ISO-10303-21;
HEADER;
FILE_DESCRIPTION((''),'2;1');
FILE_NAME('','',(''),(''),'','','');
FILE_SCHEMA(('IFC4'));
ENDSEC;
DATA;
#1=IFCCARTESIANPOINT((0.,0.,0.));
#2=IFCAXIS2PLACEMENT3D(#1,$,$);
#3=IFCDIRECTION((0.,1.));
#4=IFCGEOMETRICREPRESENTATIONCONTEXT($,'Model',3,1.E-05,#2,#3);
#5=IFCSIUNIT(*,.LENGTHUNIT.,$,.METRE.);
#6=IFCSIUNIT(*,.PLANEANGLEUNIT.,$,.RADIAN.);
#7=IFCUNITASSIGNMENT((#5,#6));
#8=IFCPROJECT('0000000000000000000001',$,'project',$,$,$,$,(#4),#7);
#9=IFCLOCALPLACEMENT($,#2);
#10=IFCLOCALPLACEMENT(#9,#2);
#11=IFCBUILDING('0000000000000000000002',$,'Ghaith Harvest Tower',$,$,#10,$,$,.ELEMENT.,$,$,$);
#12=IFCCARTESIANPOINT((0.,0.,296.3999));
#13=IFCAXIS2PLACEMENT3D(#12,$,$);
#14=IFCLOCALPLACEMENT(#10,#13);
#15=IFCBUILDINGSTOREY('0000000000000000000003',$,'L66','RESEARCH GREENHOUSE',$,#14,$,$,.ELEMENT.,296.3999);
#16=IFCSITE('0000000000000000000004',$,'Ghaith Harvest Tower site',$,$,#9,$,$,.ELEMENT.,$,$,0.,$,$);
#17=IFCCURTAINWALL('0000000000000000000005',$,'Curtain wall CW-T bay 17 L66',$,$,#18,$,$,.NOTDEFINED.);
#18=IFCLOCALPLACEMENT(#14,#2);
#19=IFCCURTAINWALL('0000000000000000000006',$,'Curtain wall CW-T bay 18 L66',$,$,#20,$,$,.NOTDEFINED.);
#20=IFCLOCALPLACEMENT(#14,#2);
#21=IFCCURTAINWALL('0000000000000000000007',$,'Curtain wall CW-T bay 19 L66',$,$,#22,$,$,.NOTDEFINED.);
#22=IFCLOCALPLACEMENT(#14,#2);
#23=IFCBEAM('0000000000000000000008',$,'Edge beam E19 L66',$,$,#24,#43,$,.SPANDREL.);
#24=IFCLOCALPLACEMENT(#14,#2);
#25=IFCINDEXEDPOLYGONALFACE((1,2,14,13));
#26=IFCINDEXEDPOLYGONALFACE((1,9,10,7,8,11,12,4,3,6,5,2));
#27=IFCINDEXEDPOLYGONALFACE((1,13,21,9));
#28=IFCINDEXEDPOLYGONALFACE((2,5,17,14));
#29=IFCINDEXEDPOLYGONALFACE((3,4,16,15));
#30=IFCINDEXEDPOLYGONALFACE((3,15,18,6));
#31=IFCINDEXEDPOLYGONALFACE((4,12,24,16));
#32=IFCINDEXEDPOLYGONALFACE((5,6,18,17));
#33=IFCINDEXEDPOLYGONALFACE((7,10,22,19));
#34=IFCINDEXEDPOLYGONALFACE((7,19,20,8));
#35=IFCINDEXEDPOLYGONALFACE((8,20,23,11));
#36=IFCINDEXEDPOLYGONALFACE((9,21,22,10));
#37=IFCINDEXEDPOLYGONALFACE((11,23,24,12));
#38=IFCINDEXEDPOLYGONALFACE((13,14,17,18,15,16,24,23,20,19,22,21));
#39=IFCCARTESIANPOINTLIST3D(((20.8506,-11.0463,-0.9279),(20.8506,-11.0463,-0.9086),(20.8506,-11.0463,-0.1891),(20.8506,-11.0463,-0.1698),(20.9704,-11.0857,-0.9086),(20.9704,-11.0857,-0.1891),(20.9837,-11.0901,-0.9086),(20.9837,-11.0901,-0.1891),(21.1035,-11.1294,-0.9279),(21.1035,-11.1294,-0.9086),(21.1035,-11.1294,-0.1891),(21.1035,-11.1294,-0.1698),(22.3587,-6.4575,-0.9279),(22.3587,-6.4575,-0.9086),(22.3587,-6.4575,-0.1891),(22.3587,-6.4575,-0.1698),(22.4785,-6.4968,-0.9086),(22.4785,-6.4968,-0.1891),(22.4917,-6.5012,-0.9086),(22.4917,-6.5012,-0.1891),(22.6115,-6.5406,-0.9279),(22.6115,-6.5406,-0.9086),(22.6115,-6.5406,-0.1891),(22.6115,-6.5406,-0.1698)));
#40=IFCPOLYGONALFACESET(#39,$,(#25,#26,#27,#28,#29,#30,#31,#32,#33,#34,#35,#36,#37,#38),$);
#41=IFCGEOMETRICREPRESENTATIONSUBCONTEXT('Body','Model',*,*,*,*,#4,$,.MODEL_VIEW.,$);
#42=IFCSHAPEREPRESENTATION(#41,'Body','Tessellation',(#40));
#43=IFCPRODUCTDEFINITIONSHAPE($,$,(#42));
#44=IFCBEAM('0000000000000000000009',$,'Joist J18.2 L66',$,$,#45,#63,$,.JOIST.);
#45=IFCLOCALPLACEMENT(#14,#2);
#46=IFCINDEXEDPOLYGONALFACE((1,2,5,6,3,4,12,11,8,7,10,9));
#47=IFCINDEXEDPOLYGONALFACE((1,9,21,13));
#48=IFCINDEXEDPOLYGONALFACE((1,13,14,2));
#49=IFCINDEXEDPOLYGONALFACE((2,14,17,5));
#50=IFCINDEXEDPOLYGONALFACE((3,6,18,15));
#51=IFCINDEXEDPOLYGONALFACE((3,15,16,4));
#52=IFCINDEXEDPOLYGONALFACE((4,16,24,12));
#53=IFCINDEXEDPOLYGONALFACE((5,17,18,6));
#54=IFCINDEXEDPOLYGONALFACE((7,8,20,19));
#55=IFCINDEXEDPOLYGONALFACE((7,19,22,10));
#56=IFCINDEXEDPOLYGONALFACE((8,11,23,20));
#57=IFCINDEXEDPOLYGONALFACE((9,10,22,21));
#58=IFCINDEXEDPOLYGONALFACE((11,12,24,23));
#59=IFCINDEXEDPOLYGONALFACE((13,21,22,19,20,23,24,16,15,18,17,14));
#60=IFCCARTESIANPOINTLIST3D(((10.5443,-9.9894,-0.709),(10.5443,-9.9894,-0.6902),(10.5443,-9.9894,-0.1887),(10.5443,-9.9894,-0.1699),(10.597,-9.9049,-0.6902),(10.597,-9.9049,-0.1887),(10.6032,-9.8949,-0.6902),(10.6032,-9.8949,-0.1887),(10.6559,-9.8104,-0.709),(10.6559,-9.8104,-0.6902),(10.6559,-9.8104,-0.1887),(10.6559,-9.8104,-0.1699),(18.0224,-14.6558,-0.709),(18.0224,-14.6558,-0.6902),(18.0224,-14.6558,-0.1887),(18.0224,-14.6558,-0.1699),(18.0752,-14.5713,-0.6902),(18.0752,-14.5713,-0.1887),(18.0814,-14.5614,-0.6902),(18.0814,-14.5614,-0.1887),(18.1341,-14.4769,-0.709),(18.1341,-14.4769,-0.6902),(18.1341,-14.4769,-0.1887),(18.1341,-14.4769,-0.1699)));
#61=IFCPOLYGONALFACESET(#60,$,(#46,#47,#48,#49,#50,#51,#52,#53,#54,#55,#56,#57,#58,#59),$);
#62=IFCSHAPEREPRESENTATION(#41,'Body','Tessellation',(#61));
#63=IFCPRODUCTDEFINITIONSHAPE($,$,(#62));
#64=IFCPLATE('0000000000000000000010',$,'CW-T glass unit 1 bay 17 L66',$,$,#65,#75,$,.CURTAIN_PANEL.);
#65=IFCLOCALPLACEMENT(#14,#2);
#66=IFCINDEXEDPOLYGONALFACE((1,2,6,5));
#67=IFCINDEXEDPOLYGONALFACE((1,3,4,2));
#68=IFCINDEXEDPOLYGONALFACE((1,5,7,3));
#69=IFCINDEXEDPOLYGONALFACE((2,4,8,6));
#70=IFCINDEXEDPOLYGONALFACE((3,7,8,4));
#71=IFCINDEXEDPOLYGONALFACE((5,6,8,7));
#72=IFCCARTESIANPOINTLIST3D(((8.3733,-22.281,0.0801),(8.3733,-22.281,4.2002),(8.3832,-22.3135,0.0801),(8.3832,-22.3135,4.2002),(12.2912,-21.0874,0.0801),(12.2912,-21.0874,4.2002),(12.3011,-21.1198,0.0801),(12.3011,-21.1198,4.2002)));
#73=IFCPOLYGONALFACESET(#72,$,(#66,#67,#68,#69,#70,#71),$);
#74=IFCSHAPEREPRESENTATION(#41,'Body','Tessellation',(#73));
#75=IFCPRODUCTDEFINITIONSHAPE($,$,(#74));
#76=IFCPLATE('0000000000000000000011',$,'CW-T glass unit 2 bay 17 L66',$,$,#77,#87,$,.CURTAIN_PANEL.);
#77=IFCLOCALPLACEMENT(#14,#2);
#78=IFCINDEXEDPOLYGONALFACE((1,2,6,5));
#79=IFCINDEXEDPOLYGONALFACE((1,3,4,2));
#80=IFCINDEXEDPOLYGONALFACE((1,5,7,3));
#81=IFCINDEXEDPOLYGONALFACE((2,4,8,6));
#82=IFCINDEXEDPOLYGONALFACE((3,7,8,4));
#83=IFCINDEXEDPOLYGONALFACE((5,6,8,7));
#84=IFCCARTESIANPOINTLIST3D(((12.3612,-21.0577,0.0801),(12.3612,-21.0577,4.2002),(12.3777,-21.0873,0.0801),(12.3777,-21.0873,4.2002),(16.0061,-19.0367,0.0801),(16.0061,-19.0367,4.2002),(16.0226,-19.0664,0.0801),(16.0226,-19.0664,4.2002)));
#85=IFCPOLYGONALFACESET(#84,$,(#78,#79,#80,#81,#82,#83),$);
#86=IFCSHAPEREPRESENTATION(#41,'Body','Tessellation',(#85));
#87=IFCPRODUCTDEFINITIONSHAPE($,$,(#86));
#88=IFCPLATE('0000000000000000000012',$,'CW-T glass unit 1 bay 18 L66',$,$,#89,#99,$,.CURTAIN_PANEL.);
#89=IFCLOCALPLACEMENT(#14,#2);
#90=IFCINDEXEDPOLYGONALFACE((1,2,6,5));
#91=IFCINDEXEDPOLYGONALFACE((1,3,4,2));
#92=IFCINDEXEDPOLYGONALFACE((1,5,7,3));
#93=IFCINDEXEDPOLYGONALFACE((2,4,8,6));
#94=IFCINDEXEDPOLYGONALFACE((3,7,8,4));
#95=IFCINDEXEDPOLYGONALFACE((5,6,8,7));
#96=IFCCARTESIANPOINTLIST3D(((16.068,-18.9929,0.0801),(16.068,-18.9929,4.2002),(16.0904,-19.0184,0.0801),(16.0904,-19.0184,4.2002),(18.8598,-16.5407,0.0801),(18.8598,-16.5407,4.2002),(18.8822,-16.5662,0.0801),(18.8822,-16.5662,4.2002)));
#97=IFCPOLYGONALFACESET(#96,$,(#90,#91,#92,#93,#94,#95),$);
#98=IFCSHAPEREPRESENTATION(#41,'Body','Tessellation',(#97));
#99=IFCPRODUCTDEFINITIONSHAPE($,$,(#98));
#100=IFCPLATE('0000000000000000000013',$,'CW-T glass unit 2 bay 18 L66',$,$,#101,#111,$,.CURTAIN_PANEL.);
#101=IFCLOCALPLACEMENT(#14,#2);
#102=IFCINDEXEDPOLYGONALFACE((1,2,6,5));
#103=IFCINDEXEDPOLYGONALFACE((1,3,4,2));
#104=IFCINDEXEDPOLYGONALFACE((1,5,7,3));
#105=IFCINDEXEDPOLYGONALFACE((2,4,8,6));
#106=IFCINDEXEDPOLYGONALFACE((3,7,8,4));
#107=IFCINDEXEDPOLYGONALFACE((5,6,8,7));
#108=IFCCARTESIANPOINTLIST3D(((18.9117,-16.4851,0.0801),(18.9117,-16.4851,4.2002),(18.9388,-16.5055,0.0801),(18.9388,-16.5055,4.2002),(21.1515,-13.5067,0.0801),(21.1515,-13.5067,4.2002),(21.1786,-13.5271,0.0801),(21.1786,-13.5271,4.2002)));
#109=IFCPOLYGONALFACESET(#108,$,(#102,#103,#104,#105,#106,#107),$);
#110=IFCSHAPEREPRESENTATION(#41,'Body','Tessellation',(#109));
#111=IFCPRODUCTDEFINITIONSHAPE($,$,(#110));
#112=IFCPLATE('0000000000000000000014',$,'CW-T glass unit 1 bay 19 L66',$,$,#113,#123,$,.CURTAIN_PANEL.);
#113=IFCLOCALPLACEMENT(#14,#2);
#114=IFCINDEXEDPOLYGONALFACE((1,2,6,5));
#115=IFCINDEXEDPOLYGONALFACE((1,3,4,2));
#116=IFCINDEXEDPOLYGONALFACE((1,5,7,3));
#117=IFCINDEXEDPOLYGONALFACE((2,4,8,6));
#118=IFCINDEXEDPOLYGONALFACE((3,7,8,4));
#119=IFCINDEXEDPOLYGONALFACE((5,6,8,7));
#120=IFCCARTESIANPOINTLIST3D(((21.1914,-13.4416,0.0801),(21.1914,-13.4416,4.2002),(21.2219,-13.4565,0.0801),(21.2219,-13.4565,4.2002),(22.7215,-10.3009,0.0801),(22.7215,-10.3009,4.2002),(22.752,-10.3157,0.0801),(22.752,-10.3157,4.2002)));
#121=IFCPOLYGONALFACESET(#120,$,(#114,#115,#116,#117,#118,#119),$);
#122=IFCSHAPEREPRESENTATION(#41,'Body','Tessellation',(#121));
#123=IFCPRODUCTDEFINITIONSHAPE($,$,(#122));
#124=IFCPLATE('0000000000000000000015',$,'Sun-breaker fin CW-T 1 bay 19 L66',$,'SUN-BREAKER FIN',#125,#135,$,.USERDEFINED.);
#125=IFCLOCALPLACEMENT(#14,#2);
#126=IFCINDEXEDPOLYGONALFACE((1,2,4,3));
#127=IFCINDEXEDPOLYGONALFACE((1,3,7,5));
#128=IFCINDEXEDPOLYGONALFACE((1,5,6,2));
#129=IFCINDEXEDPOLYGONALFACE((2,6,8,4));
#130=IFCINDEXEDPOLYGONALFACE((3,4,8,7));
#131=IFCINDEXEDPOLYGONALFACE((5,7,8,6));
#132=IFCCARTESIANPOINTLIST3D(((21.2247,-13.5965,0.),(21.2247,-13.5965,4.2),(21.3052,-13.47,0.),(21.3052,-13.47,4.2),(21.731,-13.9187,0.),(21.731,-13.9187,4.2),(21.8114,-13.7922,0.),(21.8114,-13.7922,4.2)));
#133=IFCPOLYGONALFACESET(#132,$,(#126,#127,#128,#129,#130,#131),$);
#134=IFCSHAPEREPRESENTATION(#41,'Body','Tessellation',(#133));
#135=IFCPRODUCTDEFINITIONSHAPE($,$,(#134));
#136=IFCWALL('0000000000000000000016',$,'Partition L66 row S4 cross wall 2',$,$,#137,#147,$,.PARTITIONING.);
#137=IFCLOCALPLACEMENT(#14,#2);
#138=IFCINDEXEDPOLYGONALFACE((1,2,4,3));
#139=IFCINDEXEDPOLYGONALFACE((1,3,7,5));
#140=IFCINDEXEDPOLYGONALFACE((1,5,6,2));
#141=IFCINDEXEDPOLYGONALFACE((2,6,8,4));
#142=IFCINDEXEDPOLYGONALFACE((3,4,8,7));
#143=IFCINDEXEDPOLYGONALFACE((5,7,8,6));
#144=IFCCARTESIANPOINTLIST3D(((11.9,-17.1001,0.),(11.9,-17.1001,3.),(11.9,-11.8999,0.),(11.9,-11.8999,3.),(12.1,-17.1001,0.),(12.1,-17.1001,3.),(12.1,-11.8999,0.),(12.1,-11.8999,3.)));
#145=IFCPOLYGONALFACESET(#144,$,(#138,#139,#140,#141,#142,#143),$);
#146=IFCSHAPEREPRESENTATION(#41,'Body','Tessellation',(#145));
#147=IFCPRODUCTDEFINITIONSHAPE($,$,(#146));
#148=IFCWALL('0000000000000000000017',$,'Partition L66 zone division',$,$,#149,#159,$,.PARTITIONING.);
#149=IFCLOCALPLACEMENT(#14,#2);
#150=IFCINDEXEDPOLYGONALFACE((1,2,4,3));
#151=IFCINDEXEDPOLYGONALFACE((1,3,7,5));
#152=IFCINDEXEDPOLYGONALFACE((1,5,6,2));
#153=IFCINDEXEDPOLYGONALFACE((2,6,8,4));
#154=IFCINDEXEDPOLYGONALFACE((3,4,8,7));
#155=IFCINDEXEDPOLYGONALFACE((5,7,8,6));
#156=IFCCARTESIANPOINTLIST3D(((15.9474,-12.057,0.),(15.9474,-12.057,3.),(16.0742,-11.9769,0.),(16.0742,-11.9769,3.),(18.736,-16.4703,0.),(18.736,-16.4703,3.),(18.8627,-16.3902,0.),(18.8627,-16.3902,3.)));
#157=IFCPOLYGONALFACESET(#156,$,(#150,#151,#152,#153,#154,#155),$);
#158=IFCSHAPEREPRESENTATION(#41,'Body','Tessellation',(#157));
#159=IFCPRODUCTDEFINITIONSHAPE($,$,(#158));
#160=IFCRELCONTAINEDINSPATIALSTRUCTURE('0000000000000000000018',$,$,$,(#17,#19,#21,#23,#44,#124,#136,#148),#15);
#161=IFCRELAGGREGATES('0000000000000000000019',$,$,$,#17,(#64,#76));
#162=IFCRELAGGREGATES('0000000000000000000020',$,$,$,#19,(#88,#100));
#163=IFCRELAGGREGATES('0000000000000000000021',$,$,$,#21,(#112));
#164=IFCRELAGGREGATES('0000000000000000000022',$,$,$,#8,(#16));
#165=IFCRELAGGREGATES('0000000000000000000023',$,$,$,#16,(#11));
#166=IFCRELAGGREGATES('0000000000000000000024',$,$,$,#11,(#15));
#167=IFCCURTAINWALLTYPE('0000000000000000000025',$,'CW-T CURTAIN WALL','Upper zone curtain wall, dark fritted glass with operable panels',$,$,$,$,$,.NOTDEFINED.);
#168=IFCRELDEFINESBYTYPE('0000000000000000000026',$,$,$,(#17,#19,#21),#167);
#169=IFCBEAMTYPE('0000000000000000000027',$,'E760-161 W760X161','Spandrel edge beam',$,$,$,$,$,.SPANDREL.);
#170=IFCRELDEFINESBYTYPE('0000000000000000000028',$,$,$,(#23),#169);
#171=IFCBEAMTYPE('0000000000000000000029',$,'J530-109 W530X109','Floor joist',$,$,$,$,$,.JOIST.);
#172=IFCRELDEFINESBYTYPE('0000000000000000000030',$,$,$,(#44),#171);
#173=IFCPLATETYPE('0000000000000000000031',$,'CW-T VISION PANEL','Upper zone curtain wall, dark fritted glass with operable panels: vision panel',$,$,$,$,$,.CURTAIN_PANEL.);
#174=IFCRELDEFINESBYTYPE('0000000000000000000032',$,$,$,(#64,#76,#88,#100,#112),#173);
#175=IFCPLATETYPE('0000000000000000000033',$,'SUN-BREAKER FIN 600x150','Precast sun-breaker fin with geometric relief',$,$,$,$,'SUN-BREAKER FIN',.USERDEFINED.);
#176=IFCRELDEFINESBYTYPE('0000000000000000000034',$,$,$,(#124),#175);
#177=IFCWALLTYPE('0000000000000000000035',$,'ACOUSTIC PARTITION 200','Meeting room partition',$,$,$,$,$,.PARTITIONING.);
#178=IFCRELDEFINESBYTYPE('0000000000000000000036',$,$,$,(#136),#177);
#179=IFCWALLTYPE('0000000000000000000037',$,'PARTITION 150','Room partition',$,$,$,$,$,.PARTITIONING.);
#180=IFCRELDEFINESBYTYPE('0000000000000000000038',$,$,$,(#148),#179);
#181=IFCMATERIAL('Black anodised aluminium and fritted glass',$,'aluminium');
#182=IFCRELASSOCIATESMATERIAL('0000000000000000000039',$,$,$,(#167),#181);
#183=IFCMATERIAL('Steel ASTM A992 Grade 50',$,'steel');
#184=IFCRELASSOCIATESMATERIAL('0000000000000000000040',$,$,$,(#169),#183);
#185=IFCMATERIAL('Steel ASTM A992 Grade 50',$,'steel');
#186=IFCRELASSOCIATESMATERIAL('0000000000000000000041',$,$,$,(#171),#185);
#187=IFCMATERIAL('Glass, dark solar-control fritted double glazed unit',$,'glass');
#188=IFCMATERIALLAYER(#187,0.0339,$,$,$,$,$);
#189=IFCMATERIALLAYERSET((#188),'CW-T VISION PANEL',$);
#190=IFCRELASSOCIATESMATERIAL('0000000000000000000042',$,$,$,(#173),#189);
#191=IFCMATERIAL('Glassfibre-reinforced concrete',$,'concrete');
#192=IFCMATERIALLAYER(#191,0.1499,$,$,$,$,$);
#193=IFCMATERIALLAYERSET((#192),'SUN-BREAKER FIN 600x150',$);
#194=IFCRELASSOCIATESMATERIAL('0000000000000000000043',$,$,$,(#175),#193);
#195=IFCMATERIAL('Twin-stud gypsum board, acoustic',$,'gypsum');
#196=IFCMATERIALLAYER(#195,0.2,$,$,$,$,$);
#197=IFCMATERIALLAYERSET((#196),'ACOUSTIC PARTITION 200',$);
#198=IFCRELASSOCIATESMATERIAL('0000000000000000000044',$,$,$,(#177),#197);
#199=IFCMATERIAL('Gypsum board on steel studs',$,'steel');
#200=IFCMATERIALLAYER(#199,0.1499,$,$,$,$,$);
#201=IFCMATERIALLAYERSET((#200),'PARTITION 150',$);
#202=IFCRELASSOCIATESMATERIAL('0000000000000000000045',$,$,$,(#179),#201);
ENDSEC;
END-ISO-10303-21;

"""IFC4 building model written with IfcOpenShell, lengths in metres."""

from ifc_helpers import new_model, si_unit, direction, frame, frame_2d, origin, origin_2d, place, context, subcontext, project, spatial, rectangle, i_section, extrude, material, layer, layer_set, material_profile, profile_set, type_object, element, aggregate, save


model = new_model("IFC4")

# Units and contexts
model_context = context("Model", 3, precision=1e-05, world=origin(), true_north=direction((0.0, 1.0)))
body_context = subcontext(model_context, "Body", "Model", "MODEL_VIEW")
ifc_project = project(units=[si_unit("LENGTHUNIT", "METRE"), si_unit("PLANEANGLEUNIT", "RADIAN")], contexts=[model_context])

# Site, building, storey
site_placement = place(None, origin())
site = spatial("IfcSite", under=ifc_project, at=site_placement, Name="Ghaith Harvest Tower site", CompositionType="ELEMENT", RefElevation=0.0)
building_placement = place(site_placement, origin())
building = spatial("IfcBuilding", under=site, at=building_placement, Name="Ghaith Harvest Tower", CompositionType="ELEMENT")
storey_placement = place(building_placement, frame((0.0, 0.0, 296.3999)))
storey = spatial("IfcBuildingStorey", under=building, at=storey_placement, Name="L66", Description="RESEARCH GREENHOUSE", CompositionType="ELEMENT", Elevation=296.3999)

# Curtain wall
ifc_material_1 = material(Name="Black anodised aluminium and fritted glass", Category="aluminium")
curtain_wall_type = type_object("IfcCurtainWallType", Name="CW-T CURTAIN WALL", Description="Upper zone curtain wall, dark fritted glass with operable panels", PredefinedType="NOTDEFINED", material=ifc_material_1)
curtain_wall_1_placement = place(storey_placement, origin())
curtain_wall_1 = element("IfcCurtainWall", 1, at=curtain_wall_1_placement, inside=storey, type_object=curtain_wall_type, Name="Curtain wall CW-T bay 17 L66", PredefinedType="NOTDEFINED")

# Curtain walls
curtain_wall_2_placement = place(storey_placement, origin())
curtain_wall_2 = element("IfcCurtainWall", 2, at=curtain_wall_2_placement, inside=storey, type_object=curtain_wall_type, Name="Curtain wall CW-T bay 18 L66", PredefinedType="NOTDEFINED")
curtain_wall_3_placement = place(storey_placement, origin())
curtain_wall_3 = element("IfcCurtainWall", 3, at=curtain_wall_3_placement, inside=storey, type_object=curtain_wall_type, Name="Curtain wall CW-T bay 19 L66", PredefinedType="NOTDEFINED")

# Beams
ifc_material_2 = material(Name="Steel ASTM A992 Grade 50", Category="steel")
ifc_material_profile_1 = material_profile(ifc_material_2, i_section(OverallWidth=0.2661, OverallDepth=0.7581, WebThickness=0.0139, FlangeThickness=0.0193, at=origin_2d()), Name="W760X161")
ifc_profile_set_1 = profile_set([ifc_material_profile_1], Name="Steel ASTM A992 Grade 50")
beam_type_1 = type_object("IfcBeamType", Name="E760-161 W760X161", Description="Spandrel edge beam", PredefinedType="SPANDREL", material=ifc_profile_set_1)
beam_1_placement = place(storey_placement, frame((20.9771, -11.0879, -0.5488), z_axis=(0.312207, 0.950014, 0.0), x_axis=(-0.950014, 0.312207, 0.0)))
element("IfcBeam", 4, at=beam_1_placement, inside=storey, type_object=beam_type_1, Name="Edge beam E19 L66", PredefinedType="SPANDREL", context=body_context, shape_type="SweptSolid", body=[
    extrude(i_section(OverallWidth=0.2661, OverallDepth=0.7581, WebThickness=0.0139, FlangeThickness=0.0193, at=origin_2d()), origin(), (0.0, 0.0, 1.0), 4.8303),
])
ifc_material_3 = material(Name="Steel ASTM A992 Grade 50", Category="steel")
ifc_material_profile_2 = material_profile(ifc_material_3, i_section(OverallWidth=0.2109, OverallDepth=0.5391, WebThickness=0.0117, FlangeThickness=0.0188, at=origin_2d()), Name="W530X109")
ifc_profile_set_2 = profile_set([ifc_material_profile_2], Name="Steel ASTM A992 Grade 50")
beam_type_2 = type_object("IfcBeamType", Name="J530-109 W530X109", Description="Floor joist", PredefinedType="JOIST", material=ifc_profile_set_2)
beam_2_placement = place(storey_placement, frame((10.6001, -9.8999, -0.4395), z_axis=(0.848376, -0.529394, 0.0), x_axis=(0.529394, 0.848376, 0.0)))
element("IfcBeam", 5, at=beam_2_placement, inside=storey, type_object=beam_type_2, Name="Joist J18.2 L66", PredefinedType="JOIST", context=body_context, shape_type="SweptSolid", body=[
    extrude(i_section(OverallWidth=0.2109, OverallDepth=0.5391, WebThickness=0.0117, FlangeThickness=0.0188, at=origin_2d()), origin(), (0.0, 0.0, 1.0), 8.8147),
])

# Plates
ifc_material_4 = material(Name="Glass, dark solar-control fritted double glazed unit", Category="glass")
ifc_layer_1 = layer(ifc_material_4, 0.0339)
ifc_layer_set_1 = layer_set([ifc_layer_1], Name="CW-T VISION PANEL")
plate_type_1 = type_object("IfcPlateType", Name="CW-T VISION PANEL", Description="Upper zone curtain wall, dark fritted glass with operable panels: vision panel", PredefinedType="CURTAIN_PANEL", material=ifc_layer_set_1)
plate_1_placement = place(storey_placement, frame((10.3372, -21.7004, 0.0801), z_axis=(0.0, 0.0, 1.0), x_axis=(0.956588, 0.291445, 0.0)))
plate_1 = element("IfcPlate", 6, at=plate_1_placement, type_object=plate_type_1, Name="CW-T glass unit 1 bay 17 L66", PredefinedType="CURTAIN_PANEL", context=body_context, shape_type="SweptSolid", body=[
    extrude(rectangle(XDim=4.0957, YDim=0.0339, at=origin_2d()), origin(), (0.0, 0.0, 1.0), 4.1201),
])
plate_2_placement = place(storey_placement, frame((14.1919, -20.062, 0.0801), z_axis=(0.0, 0.0, 1.0), x_axis=(0.874564, 0.48491, 0.0)))
plate_2 = element("IfcPlate", 7, at=plate_2_placement, type_object=plate_type_1, Name="CW-T glass unit 2 bay 17 L66", PredefinedType="CURTAIN_PANEL", context=body_context, shape_type="SweptSolid", body=[
    extrude(rectangle(XDim=4.1677, YDim=0.0339, at=origin_2d()), origin(), (0.0, 0.0, 1.0), 4.1201),
])
aggregate(curtain_wall_1, [plate_1, plate_2])
plate_3_placement = place(storey_placement, frame((17.4751, -17.7795, 0.0801), z_axis=(0.0, 0.0, 1.0), x_axis=(0.751335, 0.659922, 0.0)))
plate_3 = element("IfcPlate", 8, at=plate_3_placement, type_object=plate_type_1, Name="CW-T glass unit 1 bay 18 L66", PredefinedType="CURTAIN_PANEL", context=body_context, shape_type="SweptSolid", body=[
    extrude(rectangle(XDim=3.7158, YDim=0.0339, at=origin_2d()), origin(), (0.0, 0.0, 1.0), 4.1201),
])
plate_4_placement = place(storey_placement, frame((20.0452, -15.0061, 0.0801), z_axis=(0.0, 0.0, 1.0), x_axis=(0.601048, 0.799213, 0.0)))
plate_4 = element("IfcPlate", 9, at=plate_4_placement, type_object=plate_type_1, Name="CW-T glass unit 2 bay 18 L66", PredefinedType="CURTAIN_PANEL", context=body_context, shape_type="SweptSolid", body=[
    extrude(rectangle(XDim=3.7266, YDim=0.0339, at=origin_2d()), origin(), (0.0, 0.0, 1.0), 4.1201),
])
aggregate(curtain_wall_2, [plate_3, plate_4])
plate_5_placement = place(storey_placement, frame((21.9717, -11.8787, 0.0801), z_axis=(0.0, 0.0, 1.0), x_axis=(0.437968, 0.89899, 0.0)))
plate_5 = element("IfcPlate", 10, at=plate_5_placement, type_object=plate_type_1, Name="CW-T glass unit 1 bay 19 L66", PredefinedType="CURTAIN_PANEL", context=body_context, shape_type="SweptSolid", body=[
    extrude(rectangle(XDim=3.4937, YDim=0.0339, at=origin_2d()), origin(), (0.0, 0.0, 1.0), 4.1201),
])
aggregate(curtain_wall_3, [plate_5])
ifc_material_5 = material(Name="Glassfibre-reinforced concrete", Category="concrete")
ifc_layer_2 = layer(ifc_material_5, 0.1499)
ifc_layer_set_2 = layer_set([ifc_layer_2], Name="SUN-BREAKER FIN 600x150")
plate_type_2 = type_object("IfcPlateType", Name="SUN-BREAKER FIN 600x150", Description="Precast sun-breaker fin with geometric relief", ElementType="SUN-BREAKER FIN", PredefinedType="USERDEFINED", material=ifc_layer_set_2)
plate_6_placement = place(storey_placement, frame((21.5181, -13.6943, 0.0), z_axis=(0.0, 0.0, 1.0), x_axis=(0.843644, -0.536903, 0.0)))
element("IfcPlate", 11, at=plate_6_placement, inside=storey, type_object=plate_type_2, Name="Sun-breaker fin CW-T 1 bay 19 L66", ObjectType="SUN-BREAKER FIN", PredefinedType="USERDEFINED", context=body_context, shape_type="SweptSolid", body=[
    extrude(rectangle(XDim=0.6001, YDim=0.1499, at=origin_2d()), origin(), (0.0, 0.0, 1.0), 4.2),
])

# Walls
ifc_material_6 = material(Name="Twin-stud gypsum board, acoustic", Category="gypsum")
ifc_layer_3 = layer(ifc_material_6, 0.2)
ifc_layer_set_3 = layer_set([ifc_layer_3], Name="ACOUSTIC PARTITION 200")
wall_type_1 = type_object("IfcWallType", Name="ACOUSTIC PARTITION 200", Description="Meeting room partition", PredefinedType="PARTITIONING", material=ifc_layer_set_3)
wall_1_placement = place(storey_placement, frame((12.0, -11.8999, 0.0), z_axis=(0.0, 0.0, 1.0), x_axis=(0.0, -1.0, 0.0)))
element("IfcWall", 12, at=wall_1_placement, inside=storey, type_object=wall_type_1, Name="Partition L66 row S4 cross wall 2", PredefinedType="PARTITIONING", context=body_context, shape_type="SweptSolid", body=[
    extrude(rectangle(XDim=5.2002, YDim=0.2, at=frame_2d((2.6001, 0.0))), origin(), (0.0, 0.0, 1.0), 3.0),
])
ifc_material_7 = material(Name="Gypsum board on steel studs", Category="steel")
ifc_layer_4 = layer(ifc_material_7, 0.1499)
ifc_layer_set_4 = layer_set([ifc_layer_4], Name="PARTITION 150")
wall_type_2 = type_object("IfcWallType", Name="PARTITION 150", Description="Room partition", PredefinedType="PARTITIONING", material=ifc_layer_set_4)
wall_2_placement = place(storey_placement, frame((16.0107, -12.0168, 0.0), z_axis=(0.0, 0.0, 1.0), x_axis=(0.534158, -0.845384, 0.0)))
element("IfcWall", 13, at=wall_2_placement, inside=storey, type_object=wall_type_2, Name="Partition L66 zone division", PredefinedType="PARTITIONING", context=body_context, shape_type="SweptSolid", body=[
    extrude(rectangle(XDim=5.2205, YDim=0.1499, at=frame_2d((2.6104, 0.0))), origin(), (0.0, 0.0, 1.0), 3.0),
])

save(model, "model.ifc")
